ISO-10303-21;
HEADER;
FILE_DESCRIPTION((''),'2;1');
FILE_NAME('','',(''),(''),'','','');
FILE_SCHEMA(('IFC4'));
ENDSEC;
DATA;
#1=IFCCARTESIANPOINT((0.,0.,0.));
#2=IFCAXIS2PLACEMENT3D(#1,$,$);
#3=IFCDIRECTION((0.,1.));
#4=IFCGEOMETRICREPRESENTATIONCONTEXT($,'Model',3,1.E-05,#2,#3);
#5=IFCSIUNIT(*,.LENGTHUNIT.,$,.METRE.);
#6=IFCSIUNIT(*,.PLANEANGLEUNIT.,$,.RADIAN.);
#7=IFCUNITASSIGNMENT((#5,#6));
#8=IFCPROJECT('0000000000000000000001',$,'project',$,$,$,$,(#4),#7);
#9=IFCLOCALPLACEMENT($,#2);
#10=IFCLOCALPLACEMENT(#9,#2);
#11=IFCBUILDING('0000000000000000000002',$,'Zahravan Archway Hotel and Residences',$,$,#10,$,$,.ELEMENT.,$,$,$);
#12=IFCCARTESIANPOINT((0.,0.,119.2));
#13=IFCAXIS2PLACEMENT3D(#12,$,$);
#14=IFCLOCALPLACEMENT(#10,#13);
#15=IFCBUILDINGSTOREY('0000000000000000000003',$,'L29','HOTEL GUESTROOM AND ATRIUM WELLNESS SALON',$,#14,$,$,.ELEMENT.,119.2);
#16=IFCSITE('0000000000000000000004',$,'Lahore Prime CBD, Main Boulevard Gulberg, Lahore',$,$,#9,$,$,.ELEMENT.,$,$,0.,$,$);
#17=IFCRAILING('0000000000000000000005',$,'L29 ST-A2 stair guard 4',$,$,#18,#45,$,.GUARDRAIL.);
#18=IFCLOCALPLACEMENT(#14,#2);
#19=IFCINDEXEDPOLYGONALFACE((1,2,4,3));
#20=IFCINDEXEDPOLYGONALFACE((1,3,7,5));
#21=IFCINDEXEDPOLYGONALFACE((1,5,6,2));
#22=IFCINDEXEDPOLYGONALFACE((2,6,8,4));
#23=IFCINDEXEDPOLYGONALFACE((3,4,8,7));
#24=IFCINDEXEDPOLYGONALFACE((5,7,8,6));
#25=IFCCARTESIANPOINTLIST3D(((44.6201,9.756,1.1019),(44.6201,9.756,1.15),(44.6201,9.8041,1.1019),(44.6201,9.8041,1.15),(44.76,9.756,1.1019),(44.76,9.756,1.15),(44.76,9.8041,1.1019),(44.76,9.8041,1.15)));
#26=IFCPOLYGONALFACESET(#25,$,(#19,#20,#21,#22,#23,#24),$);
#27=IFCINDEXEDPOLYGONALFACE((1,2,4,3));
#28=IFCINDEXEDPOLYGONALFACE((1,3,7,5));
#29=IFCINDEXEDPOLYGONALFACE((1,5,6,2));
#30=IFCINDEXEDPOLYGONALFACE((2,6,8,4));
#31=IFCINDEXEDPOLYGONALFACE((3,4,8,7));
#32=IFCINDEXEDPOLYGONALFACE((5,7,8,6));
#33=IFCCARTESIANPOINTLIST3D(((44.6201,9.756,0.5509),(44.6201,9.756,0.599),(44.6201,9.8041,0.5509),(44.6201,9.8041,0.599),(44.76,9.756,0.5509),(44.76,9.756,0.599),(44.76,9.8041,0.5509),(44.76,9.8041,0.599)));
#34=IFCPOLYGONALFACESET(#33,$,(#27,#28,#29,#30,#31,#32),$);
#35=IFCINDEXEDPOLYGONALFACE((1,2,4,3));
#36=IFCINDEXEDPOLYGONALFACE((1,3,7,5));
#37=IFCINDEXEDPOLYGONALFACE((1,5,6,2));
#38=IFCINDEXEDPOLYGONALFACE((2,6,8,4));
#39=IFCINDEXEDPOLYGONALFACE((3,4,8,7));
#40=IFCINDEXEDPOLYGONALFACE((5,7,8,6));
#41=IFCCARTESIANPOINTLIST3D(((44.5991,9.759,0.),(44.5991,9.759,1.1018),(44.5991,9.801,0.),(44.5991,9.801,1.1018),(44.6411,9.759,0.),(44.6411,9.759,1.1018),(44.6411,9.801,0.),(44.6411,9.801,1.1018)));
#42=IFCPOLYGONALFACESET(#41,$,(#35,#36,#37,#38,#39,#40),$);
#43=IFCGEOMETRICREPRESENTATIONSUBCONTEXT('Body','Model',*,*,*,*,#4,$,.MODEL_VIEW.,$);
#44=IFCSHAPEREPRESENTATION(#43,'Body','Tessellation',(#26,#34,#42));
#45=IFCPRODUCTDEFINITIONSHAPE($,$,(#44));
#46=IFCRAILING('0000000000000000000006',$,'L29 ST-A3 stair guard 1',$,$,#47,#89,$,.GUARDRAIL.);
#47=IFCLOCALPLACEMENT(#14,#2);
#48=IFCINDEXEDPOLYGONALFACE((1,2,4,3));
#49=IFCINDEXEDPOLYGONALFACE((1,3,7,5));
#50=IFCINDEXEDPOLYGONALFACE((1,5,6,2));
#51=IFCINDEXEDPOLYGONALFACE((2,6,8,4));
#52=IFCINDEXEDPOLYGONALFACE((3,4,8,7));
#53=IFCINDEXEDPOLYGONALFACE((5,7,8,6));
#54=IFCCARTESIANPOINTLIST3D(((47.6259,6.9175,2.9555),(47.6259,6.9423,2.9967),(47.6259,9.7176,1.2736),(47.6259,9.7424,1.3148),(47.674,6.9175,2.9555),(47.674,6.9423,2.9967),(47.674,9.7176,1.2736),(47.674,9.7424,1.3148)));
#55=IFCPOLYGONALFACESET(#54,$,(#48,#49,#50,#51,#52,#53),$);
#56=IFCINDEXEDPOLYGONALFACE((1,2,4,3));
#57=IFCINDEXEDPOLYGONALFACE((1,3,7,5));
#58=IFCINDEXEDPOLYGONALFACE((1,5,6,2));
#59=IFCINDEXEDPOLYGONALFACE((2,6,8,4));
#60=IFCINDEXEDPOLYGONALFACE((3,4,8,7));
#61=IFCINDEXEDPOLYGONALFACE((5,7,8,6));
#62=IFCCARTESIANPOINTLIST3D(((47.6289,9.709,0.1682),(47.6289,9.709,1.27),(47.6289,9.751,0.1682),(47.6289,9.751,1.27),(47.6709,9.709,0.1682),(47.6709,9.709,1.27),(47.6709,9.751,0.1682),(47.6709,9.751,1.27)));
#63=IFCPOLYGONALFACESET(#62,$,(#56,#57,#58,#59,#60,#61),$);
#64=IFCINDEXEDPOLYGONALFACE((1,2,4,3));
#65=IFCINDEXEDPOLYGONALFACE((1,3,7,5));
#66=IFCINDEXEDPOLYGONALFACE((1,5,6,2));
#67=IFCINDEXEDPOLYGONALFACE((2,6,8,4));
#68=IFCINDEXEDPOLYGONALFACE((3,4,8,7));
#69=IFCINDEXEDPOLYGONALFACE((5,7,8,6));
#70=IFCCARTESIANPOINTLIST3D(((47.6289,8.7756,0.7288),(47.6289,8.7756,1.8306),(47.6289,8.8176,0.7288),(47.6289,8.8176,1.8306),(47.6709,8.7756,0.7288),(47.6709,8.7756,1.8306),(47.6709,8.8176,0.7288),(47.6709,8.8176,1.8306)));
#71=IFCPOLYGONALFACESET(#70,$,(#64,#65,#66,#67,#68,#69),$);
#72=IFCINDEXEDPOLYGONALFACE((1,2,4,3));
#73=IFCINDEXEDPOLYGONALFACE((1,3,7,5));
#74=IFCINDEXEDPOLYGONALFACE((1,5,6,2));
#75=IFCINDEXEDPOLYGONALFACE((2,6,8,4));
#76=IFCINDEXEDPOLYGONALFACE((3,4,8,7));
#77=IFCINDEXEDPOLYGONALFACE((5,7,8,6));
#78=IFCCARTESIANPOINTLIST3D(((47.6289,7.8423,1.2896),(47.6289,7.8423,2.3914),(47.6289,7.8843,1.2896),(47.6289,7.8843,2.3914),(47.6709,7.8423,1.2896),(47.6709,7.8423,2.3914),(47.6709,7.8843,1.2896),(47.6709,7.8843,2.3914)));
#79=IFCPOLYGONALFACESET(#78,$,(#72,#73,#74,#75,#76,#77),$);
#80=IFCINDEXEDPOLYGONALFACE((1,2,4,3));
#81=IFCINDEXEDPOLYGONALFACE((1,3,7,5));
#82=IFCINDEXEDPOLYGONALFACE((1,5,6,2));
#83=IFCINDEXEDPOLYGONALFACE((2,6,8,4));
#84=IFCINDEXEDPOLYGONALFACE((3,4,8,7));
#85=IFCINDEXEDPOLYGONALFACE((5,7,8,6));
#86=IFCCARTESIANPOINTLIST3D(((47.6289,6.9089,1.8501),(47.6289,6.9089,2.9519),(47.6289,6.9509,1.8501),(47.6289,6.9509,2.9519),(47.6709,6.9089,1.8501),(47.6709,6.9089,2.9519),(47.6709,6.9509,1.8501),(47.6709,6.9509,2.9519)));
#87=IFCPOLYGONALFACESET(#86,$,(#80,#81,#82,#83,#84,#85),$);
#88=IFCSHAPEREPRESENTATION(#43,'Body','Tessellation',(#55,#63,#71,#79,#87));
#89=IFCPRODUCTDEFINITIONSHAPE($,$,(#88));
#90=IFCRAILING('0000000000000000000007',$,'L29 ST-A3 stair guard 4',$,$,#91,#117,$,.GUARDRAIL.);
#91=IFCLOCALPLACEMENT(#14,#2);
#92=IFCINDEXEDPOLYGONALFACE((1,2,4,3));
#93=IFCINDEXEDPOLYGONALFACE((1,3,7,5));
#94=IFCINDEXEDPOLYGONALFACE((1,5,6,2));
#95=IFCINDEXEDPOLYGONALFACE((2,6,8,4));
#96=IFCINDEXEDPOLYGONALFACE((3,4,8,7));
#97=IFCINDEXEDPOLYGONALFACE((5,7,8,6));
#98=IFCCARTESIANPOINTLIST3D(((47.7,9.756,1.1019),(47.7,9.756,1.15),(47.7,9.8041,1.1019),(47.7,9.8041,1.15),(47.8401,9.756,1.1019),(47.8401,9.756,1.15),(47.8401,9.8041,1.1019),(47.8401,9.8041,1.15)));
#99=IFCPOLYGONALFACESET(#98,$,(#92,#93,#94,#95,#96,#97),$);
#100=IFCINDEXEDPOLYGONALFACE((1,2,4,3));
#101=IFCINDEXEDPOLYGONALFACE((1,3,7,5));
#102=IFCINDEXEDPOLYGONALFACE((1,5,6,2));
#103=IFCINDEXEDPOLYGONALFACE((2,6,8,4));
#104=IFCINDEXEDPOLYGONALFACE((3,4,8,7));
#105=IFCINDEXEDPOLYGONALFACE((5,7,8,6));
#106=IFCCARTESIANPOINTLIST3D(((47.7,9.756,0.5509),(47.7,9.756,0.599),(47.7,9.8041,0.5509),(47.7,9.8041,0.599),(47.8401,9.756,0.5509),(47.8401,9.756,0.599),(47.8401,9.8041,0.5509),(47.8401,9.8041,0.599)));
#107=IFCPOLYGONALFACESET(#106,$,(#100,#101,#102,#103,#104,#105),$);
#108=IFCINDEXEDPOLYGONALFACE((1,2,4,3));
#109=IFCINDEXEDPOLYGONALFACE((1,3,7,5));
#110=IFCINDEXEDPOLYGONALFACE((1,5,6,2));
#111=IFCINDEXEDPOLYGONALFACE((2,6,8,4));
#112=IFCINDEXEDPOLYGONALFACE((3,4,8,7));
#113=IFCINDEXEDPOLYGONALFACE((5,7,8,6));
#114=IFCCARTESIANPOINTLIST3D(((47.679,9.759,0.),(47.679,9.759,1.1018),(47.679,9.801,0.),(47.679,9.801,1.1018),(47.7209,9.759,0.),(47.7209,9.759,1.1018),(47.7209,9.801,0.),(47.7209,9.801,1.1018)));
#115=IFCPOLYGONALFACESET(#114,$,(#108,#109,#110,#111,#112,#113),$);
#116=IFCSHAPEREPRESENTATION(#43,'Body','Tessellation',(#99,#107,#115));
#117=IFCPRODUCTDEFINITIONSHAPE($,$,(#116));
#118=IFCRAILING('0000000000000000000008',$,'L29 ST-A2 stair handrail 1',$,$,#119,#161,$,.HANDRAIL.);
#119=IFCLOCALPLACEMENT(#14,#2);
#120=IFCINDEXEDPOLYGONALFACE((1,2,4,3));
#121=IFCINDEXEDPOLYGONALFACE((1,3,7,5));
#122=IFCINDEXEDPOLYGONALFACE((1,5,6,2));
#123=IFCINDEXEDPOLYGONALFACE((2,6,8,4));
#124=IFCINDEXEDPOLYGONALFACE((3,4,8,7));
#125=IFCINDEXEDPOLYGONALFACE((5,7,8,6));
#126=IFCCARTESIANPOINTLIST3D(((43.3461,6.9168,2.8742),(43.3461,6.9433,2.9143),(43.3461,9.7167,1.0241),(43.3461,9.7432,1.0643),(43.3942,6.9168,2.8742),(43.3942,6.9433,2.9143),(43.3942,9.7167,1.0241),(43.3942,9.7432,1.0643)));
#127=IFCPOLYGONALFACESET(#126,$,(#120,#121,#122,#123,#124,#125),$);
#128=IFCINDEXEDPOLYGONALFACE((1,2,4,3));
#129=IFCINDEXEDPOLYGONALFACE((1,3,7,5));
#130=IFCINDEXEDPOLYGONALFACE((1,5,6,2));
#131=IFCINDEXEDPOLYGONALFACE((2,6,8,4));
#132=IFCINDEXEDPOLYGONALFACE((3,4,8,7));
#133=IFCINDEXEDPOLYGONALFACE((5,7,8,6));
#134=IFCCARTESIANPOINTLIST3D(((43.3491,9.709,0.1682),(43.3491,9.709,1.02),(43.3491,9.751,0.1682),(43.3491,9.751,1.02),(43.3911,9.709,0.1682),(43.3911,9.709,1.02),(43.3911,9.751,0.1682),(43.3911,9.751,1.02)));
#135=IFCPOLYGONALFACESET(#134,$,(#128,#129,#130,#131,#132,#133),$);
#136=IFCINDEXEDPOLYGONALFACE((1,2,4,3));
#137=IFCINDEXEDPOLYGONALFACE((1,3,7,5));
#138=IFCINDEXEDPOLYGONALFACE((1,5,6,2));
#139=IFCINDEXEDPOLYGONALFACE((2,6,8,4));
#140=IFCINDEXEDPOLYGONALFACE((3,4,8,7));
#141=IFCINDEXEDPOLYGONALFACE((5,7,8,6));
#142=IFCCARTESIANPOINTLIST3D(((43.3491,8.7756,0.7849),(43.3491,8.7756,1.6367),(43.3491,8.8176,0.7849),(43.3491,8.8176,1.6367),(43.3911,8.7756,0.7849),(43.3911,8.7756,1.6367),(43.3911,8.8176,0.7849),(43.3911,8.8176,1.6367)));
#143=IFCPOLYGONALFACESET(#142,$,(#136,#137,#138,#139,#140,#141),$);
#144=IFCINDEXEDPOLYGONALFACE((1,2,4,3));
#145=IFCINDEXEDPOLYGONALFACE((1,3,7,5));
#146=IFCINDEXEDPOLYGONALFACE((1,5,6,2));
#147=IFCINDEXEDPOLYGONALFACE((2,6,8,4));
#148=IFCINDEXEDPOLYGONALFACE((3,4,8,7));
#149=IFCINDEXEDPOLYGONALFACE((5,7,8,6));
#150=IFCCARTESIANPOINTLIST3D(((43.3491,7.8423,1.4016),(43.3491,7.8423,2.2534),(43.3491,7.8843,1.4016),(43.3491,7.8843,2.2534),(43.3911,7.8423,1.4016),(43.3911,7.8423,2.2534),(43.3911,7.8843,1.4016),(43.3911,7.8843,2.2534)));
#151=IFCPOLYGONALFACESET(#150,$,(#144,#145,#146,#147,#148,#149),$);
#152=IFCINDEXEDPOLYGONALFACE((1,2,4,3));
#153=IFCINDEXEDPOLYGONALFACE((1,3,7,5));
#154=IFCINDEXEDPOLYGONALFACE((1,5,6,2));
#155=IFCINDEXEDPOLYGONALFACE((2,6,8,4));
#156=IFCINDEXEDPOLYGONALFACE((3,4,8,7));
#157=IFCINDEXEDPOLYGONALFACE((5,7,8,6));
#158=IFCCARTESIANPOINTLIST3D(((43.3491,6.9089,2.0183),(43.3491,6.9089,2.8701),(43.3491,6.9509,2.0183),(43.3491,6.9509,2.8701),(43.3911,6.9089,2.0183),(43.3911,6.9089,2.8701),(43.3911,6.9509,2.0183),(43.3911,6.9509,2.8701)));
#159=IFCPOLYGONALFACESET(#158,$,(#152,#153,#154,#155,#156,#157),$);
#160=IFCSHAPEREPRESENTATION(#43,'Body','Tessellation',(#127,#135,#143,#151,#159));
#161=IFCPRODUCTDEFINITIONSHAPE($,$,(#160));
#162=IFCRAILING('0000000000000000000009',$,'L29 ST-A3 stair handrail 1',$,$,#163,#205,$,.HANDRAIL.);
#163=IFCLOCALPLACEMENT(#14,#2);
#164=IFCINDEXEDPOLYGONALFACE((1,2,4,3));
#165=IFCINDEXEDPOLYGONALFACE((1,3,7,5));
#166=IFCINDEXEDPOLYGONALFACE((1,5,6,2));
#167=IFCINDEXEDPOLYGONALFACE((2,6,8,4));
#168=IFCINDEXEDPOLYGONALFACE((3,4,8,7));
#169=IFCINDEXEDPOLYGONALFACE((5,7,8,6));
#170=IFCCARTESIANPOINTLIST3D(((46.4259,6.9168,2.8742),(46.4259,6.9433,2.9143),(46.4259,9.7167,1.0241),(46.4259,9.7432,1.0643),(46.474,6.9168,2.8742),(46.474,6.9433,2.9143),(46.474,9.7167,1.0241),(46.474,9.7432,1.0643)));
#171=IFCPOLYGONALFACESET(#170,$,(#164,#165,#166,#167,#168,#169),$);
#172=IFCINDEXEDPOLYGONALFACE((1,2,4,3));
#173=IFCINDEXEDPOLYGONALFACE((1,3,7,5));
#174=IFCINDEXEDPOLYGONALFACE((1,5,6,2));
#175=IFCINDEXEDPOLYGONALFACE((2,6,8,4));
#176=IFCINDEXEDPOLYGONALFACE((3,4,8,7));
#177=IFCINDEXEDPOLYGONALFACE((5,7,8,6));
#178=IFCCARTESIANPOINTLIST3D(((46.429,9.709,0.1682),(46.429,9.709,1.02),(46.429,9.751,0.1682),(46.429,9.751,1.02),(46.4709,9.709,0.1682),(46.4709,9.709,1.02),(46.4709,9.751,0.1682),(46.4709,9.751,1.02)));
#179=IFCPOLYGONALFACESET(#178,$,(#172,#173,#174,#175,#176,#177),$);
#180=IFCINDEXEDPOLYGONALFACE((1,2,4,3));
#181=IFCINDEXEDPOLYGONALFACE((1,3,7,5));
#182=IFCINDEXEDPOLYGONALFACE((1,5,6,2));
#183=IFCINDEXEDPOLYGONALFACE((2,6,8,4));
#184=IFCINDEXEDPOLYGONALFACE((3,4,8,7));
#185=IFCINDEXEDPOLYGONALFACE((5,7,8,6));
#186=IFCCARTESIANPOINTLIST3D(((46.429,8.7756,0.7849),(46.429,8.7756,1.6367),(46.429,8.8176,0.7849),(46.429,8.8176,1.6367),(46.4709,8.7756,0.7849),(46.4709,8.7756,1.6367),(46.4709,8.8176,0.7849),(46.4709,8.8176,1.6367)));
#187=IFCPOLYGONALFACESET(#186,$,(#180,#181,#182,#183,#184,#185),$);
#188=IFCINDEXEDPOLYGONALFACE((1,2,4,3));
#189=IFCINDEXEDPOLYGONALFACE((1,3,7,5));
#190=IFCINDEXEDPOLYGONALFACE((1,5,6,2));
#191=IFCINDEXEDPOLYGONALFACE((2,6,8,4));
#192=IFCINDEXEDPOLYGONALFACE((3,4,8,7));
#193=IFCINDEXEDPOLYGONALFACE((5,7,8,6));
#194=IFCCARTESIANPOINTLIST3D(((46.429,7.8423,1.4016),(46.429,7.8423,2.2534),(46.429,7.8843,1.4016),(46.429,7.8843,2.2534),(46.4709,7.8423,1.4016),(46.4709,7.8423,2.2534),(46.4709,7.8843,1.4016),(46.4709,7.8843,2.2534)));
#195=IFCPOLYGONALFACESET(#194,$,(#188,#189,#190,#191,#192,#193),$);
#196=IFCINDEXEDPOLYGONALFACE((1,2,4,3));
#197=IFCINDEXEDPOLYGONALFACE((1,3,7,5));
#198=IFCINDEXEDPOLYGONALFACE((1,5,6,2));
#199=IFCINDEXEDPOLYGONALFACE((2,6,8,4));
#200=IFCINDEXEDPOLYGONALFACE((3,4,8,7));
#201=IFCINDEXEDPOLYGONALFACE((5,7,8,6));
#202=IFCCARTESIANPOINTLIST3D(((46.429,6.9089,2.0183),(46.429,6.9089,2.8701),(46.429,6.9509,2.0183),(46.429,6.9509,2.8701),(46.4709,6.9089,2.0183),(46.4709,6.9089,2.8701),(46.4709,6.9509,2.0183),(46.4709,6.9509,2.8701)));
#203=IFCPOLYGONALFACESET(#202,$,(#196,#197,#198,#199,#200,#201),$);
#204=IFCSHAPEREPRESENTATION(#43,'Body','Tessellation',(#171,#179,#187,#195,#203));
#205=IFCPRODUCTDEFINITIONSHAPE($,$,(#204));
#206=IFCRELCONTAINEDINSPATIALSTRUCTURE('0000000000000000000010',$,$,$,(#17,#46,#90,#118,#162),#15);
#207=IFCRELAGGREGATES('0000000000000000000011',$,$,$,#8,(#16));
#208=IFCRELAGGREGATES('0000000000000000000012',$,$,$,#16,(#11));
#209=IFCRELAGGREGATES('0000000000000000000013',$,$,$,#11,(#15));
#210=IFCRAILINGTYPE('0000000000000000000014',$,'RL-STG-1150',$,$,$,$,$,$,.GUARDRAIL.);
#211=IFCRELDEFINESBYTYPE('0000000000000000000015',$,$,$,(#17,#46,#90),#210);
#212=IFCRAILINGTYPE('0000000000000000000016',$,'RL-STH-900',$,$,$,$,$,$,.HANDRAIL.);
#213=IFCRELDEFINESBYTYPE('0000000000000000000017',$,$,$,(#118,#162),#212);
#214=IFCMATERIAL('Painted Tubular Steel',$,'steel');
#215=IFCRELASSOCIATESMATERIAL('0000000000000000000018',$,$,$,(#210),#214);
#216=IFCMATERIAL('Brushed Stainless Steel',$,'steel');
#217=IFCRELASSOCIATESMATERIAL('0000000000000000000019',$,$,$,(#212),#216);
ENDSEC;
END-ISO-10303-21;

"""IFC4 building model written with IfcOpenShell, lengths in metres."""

from ifc_helpers import new_model, si_unit, direction, frame, origin, origin_2d, place, context, subcontext, project, spatial, rectangle, extrude, material, type_object, element, save


model = new_model("IFC4")

# Units and contexts
model_context = context("Model", 3, precision=1e-05, world=origin(), true_north=direction((0.0, 1.0)))
body_context = subcontext(model_context, "Body", "Model", "MODEL_VIEW")
ifc_project = project(units=[si_unit("LENGTHUNIT", "METRE"), si_unit("PLANEANGLEUNIT", "RADIAN")], contexts=[model_context])

# Site, building, storey
site_placement = place(None, origin())
site = spatial("IfcSite", under=ifc_project, at=site_placement, Name="Lahore Prime CBD, Main Boulevard Gulberg, Lahore", CompositionType="ELEMENT", RefElevation=0.0)
building_placement = place(site_placement, origin())
building = spatial("IfcBuilding", under=site, at=building_placement, Name="Zahravan Archway Hotel and Residences", CompositionType="ELEMENT")
storey_placement = place(building_placement, frame((0.0, 0.0, 119.2)))
storey = spatial("IfcBuildingStorey", under=building, at=storey_placement, Name="L29", Description="HOTEL GUESTROOM AND ATRIUM WELLNESS SALON", CompositionType="ELEMENT", Elevation=119.2)

# Railings
ifc_material_1 = material(Name="Painted Tubular Steel", Category="steel")
railing_type_1 = type_object("IfcRailingType", Name="RL-STG-1150", PredefinedType="GUARDRAIL", material=ifc_material_1)
railing_1_placement = place(storey_placement, frame((44.6201, 9.78, 0.0)))
element("IfcRailing", 1, at=railing_1_placement, inside=storey, type_object=railing_type_1, Name="L29 ST-A2 stair guard 4", PredefinedType="GUARDRAIL", context=body_context, shape_type="SweptSolid", body=[
    extrude(rectangle(XDim=0.0481, YDim=0.0481, at=origin_2d()), frame((0.0, 0.0, 1.126), z_axis=(1.0, 0.0, 0.0), x_axis=(0.0, 1.0, 0.0)), (0.0, 0.0, 1.0), 0.1399),
    extrude(rectangle(XDim=0.0481, YDim=0.0481, at=origin_2d()), frame((0.0, 0.0, 0.575), z_axis=(1.0, 0.0, 0.0), x_axis=(0.0, 1.0, 0.0)), (0.0, 0.0, 1.0), 0.1399),
    extrude(rectangle(XDim=0.042, YDim=0.042, at=origin_2d()), origin(), (0.0, 0.0, 1.0), 1.1018),
])
railing_2_placement = place(storey_placement, frame((47.6499, 9.73, 0.1682)))
element("IfcRailing", 2, at=railing_2_placement, inside=storey, type_object=railing_type_1, Name="L29 ST-A3 stair guard 1", PredefinedType="GUARDRAIL", context=body_context, shape_type="SweptSolid", body=[
    extrude(rectangle(XDim=0.0481, YDim=0.0481, at=origin_2d()), frame((0.0, 0.0, 1.126), z_axis=(0.0, -0.857242, 0.514913), x_axis=(1.0, 0.0, 0.0)), (0.0, 0.0, 1.0), 3.2664),
    extrude(rectangle(XDim=0.042, YDim=0.042, at=origin_2d()), origin(), (0.0, 0.0, 1.0), 1.1018),
    extrude(rectangle(XDim=0.042, YDim=0.042, at=origin_2d()), frame((0.0, -0.9333, 0.5605)), (0.0, 0.0, 1.0), 1.1018),
    extrude(rectangle(XDim=0.042, YDim=0.042, at=origin_2d()), frame((0.0, -1.8667, 1.1213)), (0.0, 0.0, 1.0), 1.1018),
    extrude(rectangle(XDim=0.042, YDim=0.042, at=origin_2d()), frame((0.0, -2.8, 1.6819)), (0.0, 0.0, 1.0), 1.1018),
])
railing_3_placement = place(storey_placement, frame((47.7, 9.78, 0.0)))
element("IfcRailing", 3, at=railing_3_placement, inside=storey, type_object=railing_type_1, Name="L29 ST-A3 stair guard 4", PredefinedType="GUARDRAIL", context=body_context, shape_type="SweptSolid", body=[
    extrude(rectangle(XDim=0.0481, YDim=0.0481, at=origin_2d()), frame((0.0, 0.0, 1.126), z_axis=(1.0, 0.0, 0.0), x_axis=(0.0, 1.0, 0.0)), (0.0, 0.0, 1.0), 0.1401),
    extrude(rectangle(XDim=0.0481, YDim=0.0481, at=origin_2d()), frame((0.0, 0.0, 0.575), z_axis=(1.0, 0.0, 0.0), x_axis=(0.0, 1.0, 0.0)), (0.0, 0.0, 1.0), 0.1401),
    extrude(rectangle(XDim=0.042, YDim=0.042, at=origin_2d()), origin(), (0.0, 0.0, 1.0), 1.1018),
])
ifc_material_2 = material(Name="Brushed Stainless Steel", Category="steel")
railing_type_2 = type_object("IfcRailingType", Name="RL-STH-900", PredefinedType="HANDRAIL", material=ifc_material_2)
for number, where, name in (
    (4, (43.3701, 9.73, 0.1682), "L29 ST-A2 stair handrail 1"),
    (5, (46.45, 9.73, 0.1682), "L29 ST-A3 stair handrail 1"),
):
    element("IfcRailing", number, at=place(storey_placement, frame(where)), inside=storey, type_object=railing_type_2, Name=name, PredefinedType="HANDRAIL", context=body_context, shape_type="SweptSolid", body=[
        extrude(rectangle(XDim=0.0481, YDim=0.0481, at=origin_2d()), frame((0.0, 0.0, 0.876), z_axis=(0.0, -0.834326, 0.551271), x_axis=(1.0, 0.0, 0.0)), (0.0, 0.0, 1.0), 3.356),
        extrude(rectangle(XDim=0.042, YDim=0.042, at=origin_2d()), origin(), (0.0, 0.0, 1.0), 0.8518),
        extrude(rectangle(XDim=0.042, YDim=0.042, at=origin_2d()), frame((0.0, -0.9333, 0.6167)), (0.0, 0.0, 1.0), 0.8518),
        extrude(rectangle(XDim=0.042, YDim=0.042, at=origin_2d()), frame((0.0, -1.8667, 1.2334)), (0.0, 0.0, 1.0), 0.8518),
        extrude(rectangle(XDim=0.042, YDim=0.042, at=origin_2d()), frame((0.0, -2.8, 1.8501)), (0.0, 0.0, 1.0), 0.8518),
    ])

save(model, "model.ifc")
